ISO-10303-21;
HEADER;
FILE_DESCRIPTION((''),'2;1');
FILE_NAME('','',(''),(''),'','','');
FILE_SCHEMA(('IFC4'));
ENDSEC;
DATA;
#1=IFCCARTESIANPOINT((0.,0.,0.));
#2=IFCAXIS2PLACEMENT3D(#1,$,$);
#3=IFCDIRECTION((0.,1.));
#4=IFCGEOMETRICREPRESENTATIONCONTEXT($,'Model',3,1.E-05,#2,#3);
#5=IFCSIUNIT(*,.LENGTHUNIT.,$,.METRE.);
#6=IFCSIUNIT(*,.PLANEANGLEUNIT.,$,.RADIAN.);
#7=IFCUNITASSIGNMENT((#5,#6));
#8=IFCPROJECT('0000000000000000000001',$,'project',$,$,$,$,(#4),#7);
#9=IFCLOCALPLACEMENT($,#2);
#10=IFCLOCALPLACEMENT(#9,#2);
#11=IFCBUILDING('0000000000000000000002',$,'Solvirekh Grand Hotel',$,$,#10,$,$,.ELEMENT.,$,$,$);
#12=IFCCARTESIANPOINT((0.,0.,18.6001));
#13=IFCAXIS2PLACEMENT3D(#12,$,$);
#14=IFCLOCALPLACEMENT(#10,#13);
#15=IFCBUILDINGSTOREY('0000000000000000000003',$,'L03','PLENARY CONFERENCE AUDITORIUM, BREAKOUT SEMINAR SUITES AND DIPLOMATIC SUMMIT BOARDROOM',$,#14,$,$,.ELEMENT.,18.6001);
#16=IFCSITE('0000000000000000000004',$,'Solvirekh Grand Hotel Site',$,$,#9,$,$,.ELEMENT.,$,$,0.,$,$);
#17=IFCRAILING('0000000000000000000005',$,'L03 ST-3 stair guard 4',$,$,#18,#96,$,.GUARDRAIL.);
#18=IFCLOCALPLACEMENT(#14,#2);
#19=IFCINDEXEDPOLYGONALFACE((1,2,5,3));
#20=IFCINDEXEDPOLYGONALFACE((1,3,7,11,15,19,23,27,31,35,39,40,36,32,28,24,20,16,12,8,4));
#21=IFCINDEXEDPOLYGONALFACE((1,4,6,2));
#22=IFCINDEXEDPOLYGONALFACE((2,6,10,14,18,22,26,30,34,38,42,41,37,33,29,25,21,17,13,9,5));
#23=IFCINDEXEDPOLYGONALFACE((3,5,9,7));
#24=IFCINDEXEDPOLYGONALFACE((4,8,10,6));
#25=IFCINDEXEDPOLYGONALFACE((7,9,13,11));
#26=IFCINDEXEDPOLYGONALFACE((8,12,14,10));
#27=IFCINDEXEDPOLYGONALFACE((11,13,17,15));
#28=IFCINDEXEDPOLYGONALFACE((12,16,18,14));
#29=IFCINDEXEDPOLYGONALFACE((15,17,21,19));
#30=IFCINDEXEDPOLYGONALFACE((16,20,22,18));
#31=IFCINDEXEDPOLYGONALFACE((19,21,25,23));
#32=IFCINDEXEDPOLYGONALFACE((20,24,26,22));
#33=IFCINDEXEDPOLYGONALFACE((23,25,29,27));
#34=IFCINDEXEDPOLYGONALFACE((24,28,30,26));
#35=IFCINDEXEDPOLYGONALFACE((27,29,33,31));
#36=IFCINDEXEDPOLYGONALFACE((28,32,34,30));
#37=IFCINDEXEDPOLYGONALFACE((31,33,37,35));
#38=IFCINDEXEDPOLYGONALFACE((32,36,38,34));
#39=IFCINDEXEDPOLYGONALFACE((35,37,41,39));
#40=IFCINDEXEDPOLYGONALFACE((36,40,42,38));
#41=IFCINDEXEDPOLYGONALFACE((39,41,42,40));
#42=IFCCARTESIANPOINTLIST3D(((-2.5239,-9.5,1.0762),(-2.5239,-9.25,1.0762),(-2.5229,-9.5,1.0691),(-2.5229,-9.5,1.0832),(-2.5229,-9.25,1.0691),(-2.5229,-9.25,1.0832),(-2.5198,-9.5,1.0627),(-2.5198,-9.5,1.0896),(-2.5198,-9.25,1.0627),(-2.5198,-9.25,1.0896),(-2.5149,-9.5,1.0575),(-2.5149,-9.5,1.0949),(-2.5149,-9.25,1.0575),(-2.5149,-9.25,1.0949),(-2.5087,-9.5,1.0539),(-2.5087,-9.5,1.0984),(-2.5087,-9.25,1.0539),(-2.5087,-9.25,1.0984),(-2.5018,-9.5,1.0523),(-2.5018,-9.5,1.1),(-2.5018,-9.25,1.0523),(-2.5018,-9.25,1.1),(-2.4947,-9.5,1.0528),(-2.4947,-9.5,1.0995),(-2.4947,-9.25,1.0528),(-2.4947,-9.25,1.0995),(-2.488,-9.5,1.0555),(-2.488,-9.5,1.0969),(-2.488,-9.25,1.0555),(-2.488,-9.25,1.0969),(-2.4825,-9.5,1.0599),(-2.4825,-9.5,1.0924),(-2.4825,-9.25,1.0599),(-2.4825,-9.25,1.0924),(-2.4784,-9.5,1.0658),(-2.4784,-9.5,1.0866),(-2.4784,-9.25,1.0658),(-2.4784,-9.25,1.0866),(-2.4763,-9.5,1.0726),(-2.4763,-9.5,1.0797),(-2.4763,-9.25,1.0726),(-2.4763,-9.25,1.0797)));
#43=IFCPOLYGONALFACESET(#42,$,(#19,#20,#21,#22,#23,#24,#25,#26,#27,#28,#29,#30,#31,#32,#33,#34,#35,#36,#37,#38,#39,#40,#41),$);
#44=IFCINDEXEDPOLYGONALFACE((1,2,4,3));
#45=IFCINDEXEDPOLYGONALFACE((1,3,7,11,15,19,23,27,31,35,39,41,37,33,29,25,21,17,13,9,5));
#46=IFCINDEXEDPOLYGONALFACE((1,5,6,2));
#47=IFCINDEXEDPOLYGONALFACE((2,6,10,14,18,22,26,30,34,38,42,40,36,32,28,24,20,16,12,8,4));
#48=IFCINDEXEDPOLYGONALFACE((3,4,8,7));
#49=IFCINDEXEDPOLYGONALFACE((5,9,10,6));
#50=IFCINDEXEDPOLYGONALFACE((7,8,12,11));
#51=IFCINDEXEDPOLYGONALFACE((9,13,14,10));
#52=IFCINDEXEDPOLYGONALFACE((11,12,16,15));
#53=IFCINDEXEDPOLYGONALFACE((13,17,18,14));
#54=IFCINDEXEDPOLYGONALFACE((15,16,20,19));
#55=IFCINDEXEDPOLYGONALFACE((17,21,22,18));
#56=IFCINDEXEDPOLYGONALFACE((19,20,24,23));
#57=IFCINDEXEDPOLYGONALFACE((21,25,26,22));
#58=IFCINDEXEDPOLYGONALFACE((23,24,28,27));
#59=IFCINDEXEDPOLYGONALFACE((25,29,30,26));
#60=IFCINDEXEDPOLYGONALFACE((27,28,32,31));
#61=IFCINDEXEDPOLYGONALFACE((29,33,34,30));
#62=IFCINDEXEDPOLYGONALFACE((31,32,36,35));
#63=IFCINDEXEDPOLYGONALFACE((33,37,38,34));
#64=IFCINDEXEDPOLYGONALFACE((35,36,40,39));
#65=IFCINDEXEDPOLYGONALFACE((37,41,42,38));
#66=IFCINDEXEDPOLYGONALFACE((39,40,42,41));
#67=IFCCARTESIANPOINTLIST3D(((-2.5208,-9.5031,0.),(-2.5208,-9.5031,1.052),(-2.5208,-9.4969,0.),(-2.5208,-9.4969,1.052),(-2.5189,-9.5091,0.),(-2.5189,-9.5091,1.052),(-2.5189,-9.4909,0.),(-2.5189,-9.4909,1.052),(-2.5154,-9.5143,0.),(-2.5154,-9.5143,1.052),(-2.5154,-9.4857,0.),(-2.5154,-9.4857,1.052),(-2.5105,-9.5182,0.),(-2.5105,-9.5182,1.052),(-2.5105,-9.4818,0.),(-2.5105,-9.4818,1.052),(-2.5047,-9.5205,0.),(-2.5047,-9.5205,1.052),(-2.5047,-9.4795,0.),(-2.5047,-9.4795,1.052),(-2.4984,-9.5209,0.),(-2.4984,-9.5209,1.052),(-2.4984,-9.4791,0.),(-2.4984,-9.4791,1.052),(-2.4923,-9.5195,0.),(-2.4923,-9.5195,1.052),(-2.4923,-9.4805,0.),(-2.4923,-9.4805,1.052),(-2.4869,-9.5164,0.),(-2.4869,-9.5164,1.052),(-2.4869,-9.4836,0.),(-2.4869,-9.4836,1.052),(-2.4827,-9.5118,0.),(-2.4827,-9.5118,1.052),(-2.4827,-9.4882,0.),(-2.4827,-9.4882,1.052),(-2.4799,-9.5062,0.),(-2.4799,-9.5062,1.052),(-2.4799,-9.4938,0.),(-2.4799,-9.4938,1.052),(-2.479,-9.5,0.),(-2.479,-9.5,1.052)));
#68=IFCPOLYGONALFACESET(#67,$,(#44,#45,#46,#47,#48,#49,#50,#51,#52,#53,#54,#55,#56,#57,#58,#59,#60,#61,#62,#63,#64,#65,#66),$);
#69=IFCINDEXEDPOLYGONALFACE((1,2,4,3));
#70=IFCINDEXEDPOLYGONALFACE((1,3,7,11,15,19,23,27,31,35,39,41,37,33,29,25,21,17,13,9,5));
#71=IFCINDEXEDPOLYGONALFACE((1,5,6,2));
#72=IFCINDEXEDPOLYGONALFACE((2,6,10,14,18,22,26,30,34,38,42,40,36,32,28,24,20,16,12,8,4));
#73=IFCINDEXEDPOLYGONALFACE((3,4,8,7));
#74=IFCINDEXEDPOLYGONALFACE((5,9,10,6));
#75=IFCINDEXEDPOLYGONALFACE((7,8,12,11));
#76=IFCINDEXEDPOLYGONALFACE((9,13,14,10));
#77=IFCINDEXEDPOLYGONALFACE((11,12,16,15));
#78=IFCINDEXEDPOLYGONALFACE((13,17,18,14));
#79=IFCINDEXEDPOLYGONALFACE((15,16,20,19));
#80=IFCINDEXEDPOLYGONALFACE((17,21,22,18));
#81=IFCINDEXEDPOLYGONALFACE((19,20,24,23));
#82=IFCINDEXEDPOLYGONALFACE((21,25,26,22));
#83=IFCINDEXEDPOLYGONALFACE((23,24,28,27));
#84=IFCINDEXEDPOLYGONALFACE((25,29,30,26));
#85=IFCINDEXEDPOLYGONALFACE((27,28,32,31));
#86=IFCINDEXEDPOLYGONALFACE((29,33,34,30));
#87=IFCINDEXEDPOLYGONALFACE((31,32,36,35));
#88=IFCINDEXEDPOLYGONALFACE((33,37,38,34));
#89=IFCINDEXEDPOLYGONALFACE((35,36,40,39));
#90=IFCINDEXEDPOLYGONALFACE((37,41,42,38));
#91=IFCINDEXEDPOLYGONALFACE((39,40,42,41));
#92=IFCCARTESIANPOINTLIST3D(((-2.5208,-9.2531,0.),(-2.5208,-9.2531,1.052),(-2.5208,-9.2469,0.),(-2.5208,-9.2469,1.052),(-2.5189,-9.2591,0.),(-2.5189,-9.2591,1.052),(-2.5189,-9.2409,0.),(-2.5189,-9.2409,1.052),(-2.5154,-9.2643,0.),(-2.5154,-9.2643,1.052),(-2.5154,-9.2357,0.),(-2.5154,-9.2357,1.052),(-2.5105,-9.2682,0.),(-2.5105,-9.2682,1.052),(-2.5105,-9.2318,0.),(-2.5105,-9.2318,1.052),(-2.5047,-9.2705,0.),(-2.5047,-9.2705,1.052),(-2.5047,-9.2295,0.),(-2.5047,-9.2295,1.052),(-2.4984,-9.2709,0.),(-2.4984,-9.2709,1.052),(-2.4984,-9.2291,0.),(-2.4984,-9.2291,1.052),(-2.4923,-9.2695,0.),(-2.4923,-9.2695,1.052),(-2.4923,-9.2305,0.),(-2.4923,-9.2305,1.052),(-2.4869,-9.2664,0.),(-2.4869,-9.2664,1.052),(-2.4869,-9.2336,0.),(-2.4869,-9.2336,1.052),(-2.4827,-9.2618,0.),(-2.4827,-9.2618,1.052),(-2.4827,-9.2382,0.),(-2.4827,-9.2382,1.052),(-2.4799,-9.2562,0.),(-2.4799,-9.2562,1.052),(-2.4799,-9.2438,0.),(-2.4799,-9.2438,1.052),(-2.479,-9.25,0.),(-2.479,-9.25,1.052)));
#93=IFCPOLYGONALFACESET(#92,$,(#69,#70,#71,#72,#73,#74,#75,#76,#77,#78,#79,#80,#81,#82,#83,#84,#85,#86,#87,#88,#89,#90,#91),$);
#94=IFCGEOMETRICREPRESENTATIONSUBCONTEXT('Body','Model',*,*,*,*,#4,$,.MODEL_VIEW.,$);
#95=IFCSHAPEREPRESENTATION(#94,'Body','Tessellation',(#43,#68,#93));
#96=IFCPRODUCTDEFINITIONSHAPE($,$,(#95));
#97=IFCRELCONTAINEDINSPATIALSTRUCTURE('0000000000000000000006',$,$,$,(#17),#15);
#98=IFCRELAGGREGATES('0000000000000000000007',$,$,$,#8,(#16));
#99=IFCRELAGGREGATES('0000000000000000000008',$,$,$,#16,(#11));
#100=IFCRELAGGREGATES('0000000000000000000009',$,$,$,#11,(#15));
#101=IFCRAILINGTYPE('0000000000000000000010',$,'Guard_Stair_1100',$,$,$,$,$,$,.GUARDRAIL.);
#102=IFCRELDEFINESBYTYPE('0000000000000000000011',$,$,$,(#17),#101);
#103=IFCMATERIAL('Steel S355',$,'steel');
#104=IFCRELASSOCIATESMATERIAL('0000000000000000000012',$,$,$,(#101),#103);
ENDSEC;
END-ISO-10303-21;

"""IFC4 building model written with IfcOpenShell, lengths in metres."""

from ifc_helpers import new_model, si_unit, direction, frame, origin, origin_2d, place, context, subcontext, project, spatial, circle, extrude, material, type_object, element, save


model = new_model("IFC4")

# Units and contexts
model_context = context("Model", 3, precision=1e-05, world=origin(), true_north=direction((0.0, 1.0)))
body_context = subcontext(model_context, "Body", "Model", "MODEL_VIEW")
ifc_project = project(units=[si_unit("LENGTHUNIT", "METRE"), si_unit("PLANEANGLEUNIT", "RADIAN")], contexts=[model_context])

# Site, building, storey
site_placement = place(None, origin())
site = spatial("IfcSite", under=ifc_project, at=site_placement, Name="Solvirekh Grand Hotel Site", CompositionType="ELEMENT", RefElevation=0.0)
building_placement = place(site_placement, origin())
building = spatial("IfcBuilding", under=site, at=building_placement, Name="Solvirekh Grand Hotel", CompositionType="ELEMENT")
storey_placement = place(building_placement, frame((0.0, 0.0, 18.6001)))
storey = spatial("IfcBuildingStorey", under=building, at=storey_placement, Name="L03", Description="PLENARY CONFERENCE AUDITORIUM, BREAKOUT SEMINAR SUITES AND DIPLOMATIC SUMMIT BOARDROOM", CompositionType="ELEMENT", Elevation=18.6001)

# Shared definitions
ifc_material_1 = material(Name="Steel S355", Category="steel")

# Railing
railing_type_1 = type_object("IfcRailingType", Name="Guard_Stair_1100", PredefinedType="GUARDRAIL", material=ifc_material_1)
railing_1_placement = place(storey_placement, frame((-2.5, -9.5, 0.0)))
element("IfcRailing", 1, at=railing_1_placement, inside=storey, type_object=railing_type_1, Name="L03 ST-3 stair guard 4", PredefinedType="GUARDRAIL", context=body_context, shape_type="SweptSolid", body=[
    extrude(circle(Radius=0.0239, at=origin_2d()), frame((0.0, 0.0, 1.0762), z_axis=(0.0, 1.0, 0.0), x_axis=(-1.0, 0.0, 0.0)), (0.0, 0.0, 1.0), 0.25),
    extrude(circle(Radius=0.021, at=origin_2d()), origin(), (0.0, 0.0, 1.0), 1.052),
    extrude(circle(Radius=0.021, at=origin_2d()), frame((0.0, 0.25, 0.0)), (0.0, 0.0, 1.0), 1.052),
])

save(model, "model.ifc")
